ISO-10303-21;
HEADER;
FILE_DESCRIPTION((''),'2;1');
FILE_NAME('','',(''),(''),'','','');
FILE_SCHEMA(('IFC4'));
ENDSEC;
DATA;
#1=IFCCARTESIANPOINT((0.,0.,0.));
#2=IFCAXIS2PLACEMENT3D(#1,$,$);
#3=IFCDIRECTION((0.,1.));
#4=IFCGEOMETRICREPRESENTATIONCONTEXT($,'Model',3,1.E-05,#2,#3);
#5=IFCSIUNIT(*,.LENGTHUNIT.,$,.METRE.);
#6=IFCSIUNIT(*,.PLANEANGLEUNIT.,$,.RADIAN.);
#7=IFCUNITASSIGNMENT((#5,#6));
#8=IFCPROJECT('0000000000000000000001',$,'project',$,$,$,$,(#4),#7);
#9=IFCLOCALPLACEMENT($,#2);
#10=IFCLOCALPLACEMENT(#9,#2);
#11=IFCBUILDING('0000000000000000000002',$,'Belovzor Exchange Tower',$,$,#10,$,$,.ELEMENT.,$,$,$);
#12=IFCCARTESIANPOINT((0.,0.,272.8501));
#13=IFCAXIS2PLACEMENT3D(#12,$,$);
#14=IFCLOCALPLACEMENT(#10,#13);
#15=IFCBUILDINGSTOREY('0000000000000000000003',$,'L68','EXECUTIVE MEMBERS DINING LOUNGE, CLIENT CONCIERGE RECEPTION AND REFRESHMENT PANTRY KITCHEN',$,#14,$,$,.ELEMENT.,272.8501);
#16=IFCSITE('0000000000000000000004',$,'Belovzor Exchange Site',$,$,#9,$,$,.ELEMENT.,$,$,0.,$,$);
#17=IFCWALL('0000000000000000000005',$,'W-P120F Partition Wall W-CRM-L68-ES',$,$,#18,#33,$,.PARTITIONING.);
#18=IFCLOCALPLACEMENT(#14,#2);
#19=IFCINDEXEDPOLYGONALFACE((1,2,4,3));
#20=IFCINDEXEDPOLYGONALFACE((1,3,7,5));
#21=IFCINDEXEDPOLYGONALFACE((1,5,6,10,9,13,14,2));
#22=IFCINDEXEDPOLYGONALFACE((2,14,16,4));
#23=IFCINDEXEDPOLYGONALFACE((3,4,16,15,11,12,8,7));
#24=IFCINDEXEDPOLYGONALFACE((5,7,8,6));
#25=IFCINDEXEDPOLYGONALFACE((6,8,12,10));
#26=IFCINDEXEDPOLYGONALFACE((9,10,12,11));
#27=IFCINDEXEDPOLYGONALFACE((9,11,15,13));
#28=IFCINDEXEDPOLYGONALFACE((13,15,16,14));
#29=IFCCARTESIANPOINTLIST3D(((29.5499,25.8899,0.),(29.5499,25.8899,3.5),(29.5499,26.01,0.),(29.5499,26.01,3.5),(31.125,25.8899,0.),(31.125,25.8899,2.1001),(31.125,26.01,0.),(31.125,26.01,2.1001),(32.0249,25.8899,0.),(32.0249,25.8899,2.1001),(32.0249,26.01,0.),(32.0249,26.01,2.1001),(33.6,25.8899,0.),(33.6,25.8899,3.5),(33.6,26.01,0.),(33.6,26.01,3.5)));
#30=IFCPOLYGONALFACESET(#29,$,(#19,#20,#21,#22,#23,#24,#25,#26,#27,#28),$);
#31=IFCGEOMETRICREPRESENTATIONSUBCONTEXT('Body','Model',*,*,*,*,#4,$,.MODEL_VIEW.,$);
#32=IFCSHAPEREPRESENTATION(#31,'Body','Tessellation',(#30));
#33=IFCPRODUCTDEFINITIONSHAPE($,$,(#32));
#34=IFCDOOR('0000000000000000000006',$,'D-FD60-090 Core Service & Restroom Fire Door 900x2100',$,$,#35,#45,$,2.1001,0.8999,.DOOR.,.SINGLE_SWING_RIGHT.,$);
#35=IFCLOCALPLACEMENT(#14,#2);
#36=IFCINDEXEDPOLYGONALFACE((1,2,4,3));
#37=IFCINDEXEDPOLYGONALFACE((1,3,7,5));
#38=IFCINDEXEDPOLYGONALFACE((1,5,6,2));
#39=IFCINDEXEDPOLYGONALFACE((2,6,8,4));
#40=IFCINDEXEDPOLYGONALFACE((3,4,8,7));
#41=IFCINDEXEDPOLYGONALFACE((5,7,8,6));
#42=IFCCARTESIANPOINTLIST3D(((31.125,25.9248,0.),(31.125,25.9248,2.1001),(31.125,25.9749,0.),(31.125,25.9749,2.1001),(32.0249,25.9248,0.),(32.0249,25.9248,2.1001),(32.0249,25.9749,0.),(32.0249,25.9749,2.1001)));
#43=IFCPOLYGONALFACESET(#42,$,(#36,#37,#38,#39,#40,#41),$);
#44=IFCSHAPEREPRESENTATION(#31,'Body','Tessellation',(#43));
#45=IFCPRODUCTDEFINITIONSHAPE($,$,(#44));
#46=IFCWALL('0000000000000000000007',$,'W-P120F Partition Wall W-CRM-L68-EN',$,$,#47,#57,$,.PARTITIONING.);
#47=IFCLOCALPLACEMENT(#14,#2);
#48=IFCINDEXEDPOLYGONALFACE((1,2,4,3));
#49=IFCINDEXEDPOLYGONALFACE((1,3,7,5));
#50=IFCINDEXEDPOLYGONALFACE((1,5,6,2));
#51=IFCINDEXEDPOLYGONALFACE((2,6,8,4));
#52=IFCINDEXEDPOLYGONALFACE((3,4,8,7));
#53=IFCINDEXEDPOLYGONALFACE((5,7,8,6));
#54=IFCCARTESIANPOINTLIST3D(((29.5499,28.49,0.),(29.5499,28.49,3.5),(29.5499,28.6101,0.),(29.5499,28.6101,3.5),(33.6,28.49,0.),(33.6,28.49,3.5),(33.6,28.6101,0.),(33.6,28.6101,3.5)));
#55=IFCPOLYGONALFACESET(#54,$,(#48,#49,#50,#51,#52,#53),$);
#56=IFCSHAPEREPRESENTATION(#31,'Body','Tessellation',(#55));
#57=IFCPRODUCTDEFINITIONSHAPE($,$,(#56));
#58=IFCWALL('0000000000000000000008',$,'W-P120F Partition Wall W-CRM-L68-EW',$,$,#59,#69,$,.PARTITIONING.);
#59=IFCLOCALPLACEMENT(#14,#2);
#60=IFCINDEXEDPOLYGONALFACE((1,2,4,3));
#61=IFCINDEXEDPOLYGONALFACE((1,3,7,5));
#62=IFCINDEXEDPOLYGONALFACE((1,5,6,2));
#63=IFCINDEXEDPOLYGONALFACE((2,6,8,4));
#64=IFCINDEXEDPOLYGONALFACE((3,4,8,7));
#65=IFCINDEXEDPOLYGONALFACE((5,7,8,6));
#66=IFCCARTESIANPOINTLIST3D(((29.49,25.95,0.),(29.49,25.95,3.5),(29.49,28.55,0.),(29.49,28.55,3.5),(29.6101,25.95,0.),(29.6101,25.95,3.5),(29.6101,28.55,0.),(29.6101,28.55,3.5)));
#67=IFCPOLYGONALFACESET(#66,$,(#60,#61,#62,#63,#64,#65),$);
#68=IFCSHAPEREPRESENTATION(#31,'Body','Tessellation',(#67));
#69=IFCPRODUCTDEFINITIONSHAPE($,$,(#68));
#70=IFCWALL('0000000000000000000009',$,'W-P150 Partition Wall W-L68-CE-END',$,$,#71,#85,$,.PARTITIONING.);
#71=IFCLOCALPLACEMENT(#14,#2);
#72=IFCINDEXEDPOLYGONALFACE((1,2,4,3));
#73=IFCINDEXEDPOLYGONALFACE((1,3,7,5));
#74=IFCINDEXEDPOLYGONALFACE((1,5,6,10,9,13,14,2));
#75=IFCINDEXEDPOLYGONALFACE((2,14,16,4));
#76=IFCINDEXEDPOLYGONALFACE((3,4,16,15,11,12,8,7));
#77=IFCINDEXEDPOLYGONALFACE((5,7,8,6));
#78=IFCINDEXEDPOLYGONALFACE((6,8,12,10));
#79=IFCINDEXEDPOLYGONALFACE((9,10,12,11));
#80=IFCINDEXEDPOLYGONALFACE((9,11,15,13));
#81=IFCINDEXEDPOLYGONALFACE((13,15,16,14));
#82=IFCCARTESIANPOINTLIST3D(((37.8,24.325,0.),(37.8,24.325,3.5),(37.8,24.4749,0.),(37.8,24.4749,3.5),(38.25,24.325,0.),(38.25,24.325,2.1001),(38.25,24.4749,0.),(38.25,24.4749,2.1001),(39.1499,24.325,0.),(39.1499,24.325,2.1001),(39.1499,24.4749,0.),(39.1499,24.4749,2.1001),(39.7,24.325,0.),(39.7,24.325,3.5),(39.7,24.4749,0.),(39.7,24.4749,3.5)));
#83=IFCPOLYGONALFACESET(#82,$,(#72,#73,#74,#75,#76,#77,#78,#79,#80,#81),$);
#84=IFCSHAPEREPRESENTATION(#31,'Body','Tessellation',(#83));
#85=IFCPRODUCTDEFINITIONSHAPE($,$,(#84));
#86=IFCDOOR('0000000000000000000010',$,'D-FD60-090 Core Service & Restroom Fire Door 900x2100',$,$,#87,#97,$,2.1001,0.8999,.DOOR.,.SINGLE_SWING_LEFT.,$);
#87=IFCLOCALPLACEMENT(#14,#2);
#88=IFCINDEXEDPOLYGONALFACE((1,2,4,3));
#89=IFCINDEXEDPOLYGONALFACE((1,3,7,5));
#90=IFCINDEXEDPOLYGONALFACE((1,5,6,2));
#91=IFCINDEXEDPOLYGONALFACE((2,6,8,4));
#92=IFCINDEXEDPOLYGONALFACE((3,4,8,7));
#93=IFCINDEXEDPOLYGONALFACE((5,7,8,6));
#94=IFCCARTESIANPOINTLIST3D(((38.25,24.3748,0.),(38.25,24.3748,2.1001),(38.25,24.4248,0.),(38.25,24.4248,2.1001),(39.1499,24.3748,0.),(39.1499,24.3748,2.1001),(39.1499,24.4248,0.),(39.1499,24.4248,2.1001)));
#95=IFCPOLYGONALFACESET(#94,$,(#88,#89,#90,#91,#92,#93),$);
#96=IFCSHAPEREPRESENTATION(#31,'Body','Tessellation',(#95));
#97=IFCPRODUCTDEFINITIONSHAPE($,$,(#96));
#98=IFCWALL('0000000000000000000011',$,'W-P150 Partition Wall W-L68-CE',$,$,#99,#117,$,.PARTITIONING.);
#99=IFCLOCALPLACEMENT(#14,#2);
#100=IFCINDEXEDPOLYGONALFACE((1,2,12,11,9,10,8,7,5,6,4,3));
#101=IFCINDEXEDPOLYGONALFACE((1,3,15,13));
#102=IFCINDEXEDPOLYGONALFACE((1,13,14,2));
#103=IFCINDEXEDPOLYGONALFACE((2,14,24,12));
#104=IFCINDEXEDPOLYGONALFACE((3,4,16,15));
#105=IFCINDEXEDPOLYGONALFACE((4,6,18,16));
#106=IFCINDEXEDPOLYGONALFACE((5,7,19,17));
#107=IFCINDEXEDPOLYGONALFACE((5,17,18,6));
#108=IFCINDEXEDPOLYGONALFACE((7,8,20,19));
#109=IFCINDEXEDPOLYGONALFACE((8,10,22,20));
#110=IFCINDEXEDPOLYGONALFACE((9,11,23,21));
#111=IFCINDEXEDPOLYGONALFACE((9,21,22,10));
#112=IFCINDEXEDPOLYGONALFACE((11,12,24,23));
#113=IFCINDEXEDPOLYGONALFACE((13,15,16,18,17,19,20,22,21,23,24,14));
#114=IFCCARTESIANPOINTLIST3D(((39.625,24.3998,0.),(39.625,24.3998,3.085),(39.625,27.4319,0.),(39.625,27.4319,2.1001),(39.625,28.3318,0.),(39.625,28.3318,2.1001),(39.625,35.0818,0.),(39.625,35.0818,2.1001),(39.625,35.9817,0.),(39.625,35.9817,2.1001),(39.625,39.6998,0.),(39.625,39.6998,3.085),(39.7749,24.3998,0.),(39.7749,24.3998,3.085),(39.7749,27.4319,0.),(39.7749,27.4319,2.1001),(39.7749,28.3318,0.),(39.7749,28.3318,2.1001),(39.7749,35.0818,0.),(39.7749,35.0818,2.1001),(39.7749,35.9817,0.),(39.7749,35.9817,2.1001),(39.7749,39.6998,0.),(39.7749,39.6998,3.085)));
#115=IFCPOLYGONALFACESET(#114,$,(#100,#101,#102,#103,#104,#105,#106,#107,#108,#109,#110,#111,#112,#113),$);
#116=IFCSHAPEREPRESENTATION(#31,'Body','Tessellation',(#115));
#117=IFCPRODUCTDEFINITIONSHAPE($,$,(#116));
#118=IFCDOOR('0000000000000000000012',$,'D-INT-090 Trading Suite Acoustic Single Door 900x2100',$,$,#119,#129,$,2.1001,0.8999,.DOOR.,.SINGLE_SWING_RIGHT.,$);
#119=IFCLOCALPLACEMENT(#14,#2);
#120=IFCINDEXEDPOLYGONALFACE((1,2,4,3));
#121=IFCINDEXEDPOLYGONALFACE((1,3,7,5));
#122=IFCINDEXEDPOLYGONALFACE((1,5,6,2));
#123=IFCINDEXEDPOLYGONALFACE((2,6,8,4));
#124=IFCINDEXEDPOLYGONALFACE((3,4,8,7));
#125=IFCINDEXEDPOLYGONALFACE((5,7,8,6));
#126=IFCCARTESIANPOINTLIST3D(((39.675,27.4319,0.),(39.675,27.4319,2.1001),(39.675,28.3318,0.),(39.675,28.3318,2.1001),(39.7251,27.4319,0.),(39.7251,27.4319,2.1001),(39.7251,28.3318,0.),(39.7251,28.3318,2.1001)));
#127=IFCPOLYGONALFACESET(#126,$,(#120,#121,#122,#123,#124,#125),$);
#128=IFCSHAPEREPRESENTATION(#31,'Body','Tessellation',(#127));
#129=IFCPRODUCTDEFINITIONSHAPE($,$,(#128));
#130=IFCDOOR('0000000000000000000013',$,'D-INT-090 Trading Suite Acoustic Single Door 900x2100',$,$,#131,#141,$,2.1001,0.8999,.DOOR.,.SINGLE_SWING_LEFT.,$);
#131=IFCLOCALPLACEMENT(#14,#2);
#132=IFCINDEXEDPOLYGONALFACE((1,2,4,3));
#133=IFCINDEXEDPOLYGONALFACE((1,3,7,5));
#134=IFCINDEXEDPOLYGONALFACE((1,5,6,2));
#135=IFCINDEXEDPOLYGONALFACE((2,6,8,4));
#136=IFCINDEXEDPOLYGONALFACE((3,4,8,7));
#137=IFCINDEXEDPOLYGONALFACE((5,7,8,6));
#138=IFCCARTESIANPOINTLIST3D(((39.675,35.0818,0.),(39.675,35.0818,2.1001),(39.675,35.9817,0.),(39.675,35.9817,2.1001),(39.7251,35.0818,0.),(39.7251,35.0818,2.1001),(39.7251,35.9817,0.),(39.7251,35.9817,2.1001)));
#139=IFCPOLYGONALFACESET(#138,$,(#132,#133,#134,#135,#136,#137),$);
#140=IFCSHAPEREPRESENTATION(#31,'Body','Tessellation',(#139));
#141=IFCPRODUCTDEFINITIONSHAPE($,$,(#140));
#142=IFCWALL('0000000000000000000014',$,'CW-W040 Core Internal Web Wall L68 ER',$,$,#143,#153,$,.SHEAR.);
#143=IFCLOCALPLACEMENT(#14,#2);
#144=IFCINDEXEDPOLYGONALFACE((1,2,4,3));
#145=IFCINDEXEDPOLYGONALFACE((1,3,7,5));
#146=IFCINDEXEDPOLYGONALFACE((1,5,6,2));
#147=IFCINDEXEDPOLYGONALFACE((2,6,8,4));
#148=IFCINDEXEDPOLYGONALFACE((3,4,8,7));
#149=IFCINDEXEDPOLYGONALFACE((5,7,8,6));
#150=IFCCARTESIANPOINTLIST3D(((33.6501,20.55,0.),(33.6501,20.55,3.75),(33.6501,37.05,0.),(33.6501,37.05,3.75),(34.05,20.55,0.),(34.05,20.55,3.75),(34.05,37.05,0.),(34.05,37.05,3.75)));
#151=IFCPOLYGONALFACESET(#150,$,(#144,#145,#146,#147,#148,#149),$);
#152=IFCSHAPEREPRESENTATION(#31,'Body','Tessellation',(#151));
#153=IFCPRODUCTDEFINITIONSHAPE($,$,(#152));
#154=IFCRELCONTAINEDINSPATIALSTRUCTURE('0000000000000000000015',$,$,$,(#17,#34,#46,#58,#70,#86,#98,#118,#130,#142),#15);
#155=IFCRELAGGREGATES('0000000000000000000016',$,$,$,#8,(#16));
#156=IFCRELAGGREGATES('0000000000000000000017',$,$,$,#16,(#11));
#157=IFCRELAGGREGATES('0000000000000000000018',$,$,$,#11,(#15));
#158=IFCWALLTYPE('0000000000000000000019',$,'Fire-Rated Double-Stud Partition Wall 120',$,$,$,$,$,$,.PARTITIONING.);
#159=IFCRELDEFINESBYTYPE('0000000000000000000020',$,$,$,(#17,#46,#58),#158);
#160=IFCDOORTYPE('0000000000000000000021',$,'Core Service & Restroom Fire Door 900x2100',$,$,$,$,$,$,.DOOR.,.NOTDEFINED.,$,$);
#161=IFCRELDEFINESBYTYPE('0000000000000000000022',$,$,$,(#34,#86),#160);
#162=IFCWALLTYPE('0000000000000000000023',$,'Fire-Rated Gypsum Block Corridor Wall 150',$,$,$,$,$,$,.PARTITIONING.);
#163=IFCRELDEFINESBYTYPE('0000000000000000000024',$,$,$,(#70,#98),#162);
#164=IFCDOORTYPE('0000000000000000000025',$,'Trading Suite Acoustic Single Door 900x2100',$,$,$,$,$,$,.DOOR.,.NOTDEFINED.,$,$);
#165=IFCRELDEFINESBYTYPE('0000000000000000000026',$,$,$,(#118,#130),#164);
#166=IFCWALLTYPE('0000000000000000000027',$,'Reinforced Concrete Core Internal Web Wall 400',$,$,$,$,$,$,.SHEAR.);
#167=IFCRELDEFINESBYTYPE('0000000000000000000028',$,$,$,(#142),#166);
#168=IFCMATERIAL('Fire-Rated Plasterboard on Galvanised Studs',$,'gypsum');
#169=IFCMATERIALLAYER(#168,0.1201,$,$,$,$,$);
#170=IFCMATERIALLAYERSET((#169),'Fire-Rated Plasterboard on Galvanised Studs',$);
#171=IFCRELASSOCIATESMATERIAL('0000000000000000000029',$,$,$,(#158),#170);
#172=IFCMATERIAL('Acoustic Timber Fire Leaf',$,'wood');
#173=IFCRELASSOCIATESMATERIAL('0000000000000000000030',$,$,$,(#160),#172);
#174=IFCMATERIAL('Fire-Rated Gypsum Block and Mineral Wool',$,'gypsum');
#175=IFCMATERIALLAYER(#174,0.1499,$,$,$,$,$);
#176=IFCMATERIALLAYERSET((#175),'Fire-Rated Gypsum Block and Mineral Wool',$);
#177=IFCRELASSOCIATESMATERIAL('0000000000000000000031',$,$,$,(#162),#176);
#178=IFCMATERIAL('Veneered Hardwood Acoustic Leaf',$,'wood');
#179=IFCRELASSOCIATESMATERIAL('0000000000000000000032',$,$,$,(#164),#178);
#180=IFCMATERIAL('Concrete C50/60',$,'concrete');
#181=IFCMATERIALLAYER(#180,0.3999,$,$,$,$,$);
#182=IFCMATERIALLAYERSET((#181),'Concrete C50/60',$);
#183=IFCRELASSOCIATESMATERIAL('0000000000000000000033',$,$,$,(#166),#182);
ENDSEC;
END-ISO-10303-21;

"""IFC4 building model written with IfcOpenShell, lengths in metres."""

from ifc_helpers import new_model, si_unit, direction, frame, frame_2d, origin, place, context, subcontext, project, spatial, rectangle, extrude, material, layer, layer_set, type_object, element, fill, save


model = new_model("IFC4")

# Units and contexts
model_context = context("Model", 3, precision=1e-05, world=origin(), true_north=direction((0.0, 1.0)))
body_context = subcontext(model_context, "Body", "Model", "MODEL_VIEW")
ifc_project = project(units=[si_unit("LENGTHUNIT", "METRE"), si_unit("PLANEANGLEUNIT", "RADIAN")], contexts=[model_context])

# Site, building, storey
site_placement = place(None, origin())
site = spatial("IfcSite", under=ifc_project, at=site_placement, Name="Belovzor Exchange Site", CompositionType="ELEMENT", RefElevation=0.0)
building_placement = place(site_placement, origin())
building = spatial("IfcBuilding", under=site, at=building_placement, Name="Belovzor Exchange Tower", CompositionType="ELEMENT")
storey_placement = place(building_placement, frame((0.0, 0.0, 272.8501)))
storey = spatial("IfcBuildingStorey", under=building, at=storey_placement, Name="L68", Description="EXECUTIVE MEMBERS DINING LOUNGE, CLIENT CONCIERGE RECEPTION AND REFRESHMENT PANTRY KITCHEN", CompositionType="ELEMENT", Elevation=272.8501)

# Shared definitions
ifc_material_1 = material(Name="Fire-Rated Plasterboard on Galvanised Studs", Category="gypsum")
ifc_layer_1 = layer(ifc_material_1, 0.1201)
ifc_layer_set_1 = layer_set([ifc_layer_1], Name="Fire-Rated Plasterboard on Galvanised Studs")
wall_type_1 = type_object("IfcWallType", Name="Fire-Rated Double-Stud Partition Wall 120", PredefinedType="PARTITIONING", material=ifc_layer_set_1)

# Shared definitions
ifc_material_2 = material(Name="Acoustic Timber Fire Leaf", Category="wood")
door_type_1 = type_object("IfcDoorType", Name="Core Service & Restroom Fire Door 900x2100", OperationType="NOTDEFINED", PredefinedType="DOOR", material=ifc_material_2)

# Wall, opening, door
wall_1_placement = place(storey_placement, frame((29.55, 25.95, 0.0), z_axis=(0.0, 0.0, 1.0), x_axis=(1.0, 0.0, 0.0)))
wall_1 = element("IfcWall", 1, at=wall_1_placement, inside=storey, type_object=wall_type_1, Name="W-P120F Partition Wall W-CRM-L68-ES", PredefinedType="PARTITIONING", context=body_context, shape_type="SweptSolid", body=[
    extrude(rectangle(XDim=4.05, YDim=0.1201, at=frame_2d((2.0249, 0.0))), origin(), (0.0, 0.0, 1.0), 3.5),
])
opening_1_placement = place(wall_1_placement, frame((1.575, 0.0, 0.0)))
opening_1 = element("IfcOpeningElement", 2, at=opening_1_placement, cuts=wall_1, PredefinedType="OPENING", context=body_context, shape_type="SweptSolid", body=[
    extrude(rectangle(XDim=0.8999, YDim=2.1001, at=frame_2d((0.45, 1.05))), frame((0.0, 0.0701, 0.0), z_axis=(0.0, -1.0, 0.0), x_axis=(1.0, 0.0, 0.0)), (0.0, 0.0, 1.0), 0.1401),
])
door_1_placement = place(opening_1_placement, origin())
door_1 = element("IfcDoor", 3, at=door_1_placement, inside=storey, type_object=door_type_1, Name="D-FD60-090 Core Service & Restroom Fire Door 900x2100", OperationType="SINGLE_SWING_RIGHT", OverallHeight=2.1001, OverallWidth=0.8999, PredefinedType="DOOR", context=body_context, shape_type="SweptSolid", body=[
    extrude(rectangle(XDim=0.8999, YDim=2.1001, at=frame_2d((0.45, 1.05))), frame((0.0, 0.0249, 0.0), z_axis=(0.0, -1.0, 0.0), x_axis=(1.0, 0.0, 0.0)), (0.0, 0.0, 1.0), 0.05),
])
fill(opening_1, door_1)

# Walls
wall_2_placement = place(storey_placement, frame((29.55, 28.55, 0.0), z_axis=(0.0, 0.0, 1.0), x_axis=(1.0, 0.0, 0.0)))
element("IfcWall", 4, at=wall_2_placement, inside=storey, type_object=wall_type_1, Name="W-P120F Partition Wall W-CRM-L68-EN", PredefinedType="PARTITIONING", context=body_context, shape_type="SweptSolid", body=[
    extrude(rectangle(XDim=4.05, YDim=0.1201, at=frame_2d((2.0249, 0.0))), origin(), (0.0, 0.0, 1.0), 3.5),
])
wall_3_placement = place(storey_placement, frame((29.55, 25.95, 0.0), z_axis=(0.0, 0.0, 1.0), x_axis=(0.0, 1.0, 0.0)))
element("IfcWall", 5, at=wall_3_placement, inside=storey, type_object=wall_type_1, Name="W-P120F Partition Wall W-CRM-L68-EW", PredefinedType="PARTITIONING", context=body_context, shape_type="SweptSolid", body=[
    extrude(rectangle(XDim=2.6001, YDim=0.1201, at=frame_2d((1.3, 0.0))), origin(), (0.0, 0.0, 1.0), 3.5),
])

# Wall, opening, door
ifc_material_3 = material(Name="Fire-Rated Gypsum Block and Mineral Wool", Category="gypsum")
ifc_layer_2 = layer(ifc_material_3, 0.1499)
ifc_layer_set_2 = layer_set([ifc_layer_2], Name="Fire-Rated Gypsum Block and Mineral Wool")
wall_type_2 = type_object("IfcWallType", Name="Fire-Rated Gypsum Block Corridor Wall 150", PredefinedType="PARTITIONING", material=ifc_layer_set_2)
wall_4_placement = place(storey_placement, frame((37.8, 24.3999, 0.0), z_axis=(0.0, 0.0, 1.0), x_axis=(1.0, 0.0, 0.0)))
wall_4 = element("IfcWall", 6, at=wall_4_placement, inside=storey, type_object=wall_type_2, Name="W-P150 Partition Wall W-L68-CE-END", PredefinedType="PARTITIONING", context=body_context, shape_type="SweptSolid", body=[
    extrude(rectangle(XDim=1.8999, YDim=0.1499, at=frame_2d((0.95, 0.0))), origin(), (0.0, 0.0, 1.0), 3.5),
])
opening_2_placement = place(wall_4_placement, frame((0.45, 0.0, 0.0)))
opening_2 = element("IfcOpeningElement", 7, at=opening_2_placement, cuts=wall_4, PredefinedType="OPENING", context=body_context, shape_type="SweptSolid", body=[
    extrude(rectangle(XDim=0.8999, YDim=2.1001, at=frame_2d((0.45, 1.05))), frame((0.0, 0.085, 0.0), z_axis=(0.0, -1.0, 0.0), x_axis=(1.0, 0.0, 0.0)), (0.0, 0.0, 1.0), 0.1699),
])
door_2_placement = place(opening_2_placement, origin())
door_2 = element("IfcDoor", 8, at=door_2_placement, inside=storey, type_object=door_type_1, Name="D-FD60-090 Core Service & Restroom Fire Door 900x2100", OperationType="SINGLE_SWING_LEFT", OverallHeight=2.1001, OverallWidth=0.8999, PredefinedType="DOOR", context=body_context, shape_type="SweptSolid", body=[
    extrude(rectangle(XDim=0.8999, YDim=2.1001, at=frame_2d((0.45, 1.05))), frame((0.0, 0.0249, 0.0), z_axis=(0.0, -1.0, 0.0), x_axis=(1.0, 0.0, 0.0)), (0.0, 0.0, 1.0), 0.05),
])
fill(opening_2, door_2)

# Wall, openings, doors
wall_5_placement = place(storey_placement, frame((39.7, 24.3999, 0.0), z_axis=(0.0, 0.0, 1.0), x_axis=(0.0, 1.0, 0.0)))
wall_5 = element("IfcWall", 9, at=wall_5_placement, inside=storey, type_object=wall_type_2, Name="W-P150 Partition Wall W-L68-CE", PredefinedType="PARTITIONING", context=body_context, shape_type="SweptSolid", body=[
    extrude(rectangle(XDim=15.3, YDim=0.1499, at=frame_2d((7.6499, 0.0))), origin(), (0.0, 0.0, 1.0), 3.085),
])
opening_3_placement = place(wall_5_placement, frame((3.032, 0.0, 0.0)))
opening_3 = element("IfcOpeningElement", 10, at=opening_3_placement, cuts=wall_5, PredefinedType="OPENING", context=body_context, shape_type="SweptSolid", body=[
    extrude(rectangle(XDim=0.8999, YDim=2.1001, at=frame_2d((0.45, 1.05))), frame((0.0, 0.085, 0.0), z_axis=(0.0, -1.0, 0.0), x_axis=(1.0, 0.0, 0.0)), (0.0, 0.0, 1.0), 0.1699),
])
opening_4_placement = place(wall_5_placement, frame((10.6819, 0.0, 0.0)))
opening_4 = element("IfcOpeningElement", 11, at=opening_4_placement, cuts=wall_5, PredefinedType="OPENING", context=body_context, shape_type="SweptSolid", body=[
    extrude(rectangle(XDim=0.8999, YDim=2.1001, at=frame_2d((0.45, 1.05))), frame((0.0, 0.085, 0.0), z_axis=(0.0, -1.0, 0.0), x_axis=(1.0, 0.0, 0.0)), (0.0, 0.0, 1.0), 0.1699),
])
ifc_material_4 = material(Name="Veneered Hardwood Acoustic Leaf", Category="wood")
door_type_2 = type_object("IfcDoorType", Name="Trading Suite Acoustic Single Door 900x2100", OperationType="NOTDEFINED", PredefinedType="DOOR", material=ifc_material_4)
door_3_placement = place(opening_3_placement, origin())
door_3 = element("IfcDoor", 12, at=door_3_placement, inside=storey, type_object=door_type_2, Name="D-INT-090 Trading Suite Acoustic Single Door 900x2100", OperationType="SINGLE_SWING_RIGHT", OverallHeight=2.1001, OverallWidth=0.8999, PredefinedType="DOOR", context=body_context, shape_type="SweptSolid", body=[
    extrude(rectangle(XDim=0.8999, YDim=2.1001, at=frame_2d((0.45, 1.05))), frame((0.0, 0.0249, 0.0), z_axis=(0.0, -1.0, 0.0), x_axis=(1.0, 0.0, 0.0)), (0.0, 0.0, 1.0), 0.05),
])
fill(opening_3, door_3)
door_4_placement = place(opening_4_placement, origin())
door_4 = element("IfcDoor", 13, at=door_4_placement, inside=storey, type_object=door_type_2, Name="D-INT-090 Trading Suite Acoustic Single Door 900x2100", OperationType="SINGLE_SWING_LEFT", OverallHeight=2.1001, OverallWidth=0.8999, PredefinedType="DOOR", context=body_context, shape_type="SweptSolid", body=[
    extrude(rectangle(XDim=0.8999, YDim=2.1001, at=frame_2d((0.45, 1.05))), frame((0.0, 0.0249, 0.0), z_axis=(0.0, -1.0, 0.0), x_axis=(1.0, 0.0, 0.0)), (0.0, 0.0, 1.0), 0.05),
])
fill(opening_4, door_4)

# Wall
ifc_material_5 = material(Name="Concrete C50/60", Category="concrete")
ifc_layer_3 = layer(ifc_material_5, 0.3999)
ifc_layer_set_3 = layer_set([ifc_layer_3], Name="Concrete C50/60")
wall_type_3 = type_object("IfcWallType", Name="Reinforced Concrete Core Internal Web Wall 400", PredefinedType="SHEAR", material=ifc_layer_set_3)
wall_6_placement = place(storey_placement, frame((33.8501, 20.55, 0.0), z_axis=(0.0, 0.0, 1.0), x_axis=(0.0, 1.0, 0.0)))
element("IfcWall", 14, at=wall_6_placement, inside=storey, type_object=wall_type_3, Name="CW-W040 Core Internal Web Wall L68 ER", PredefinedType="SHEAR", context=body_context, shape_type="SweptSolid", body=[
    extrude(rectangle(XDim=16.5, YDim=0.3999, at=frame_2d((8.25, 0.0))), origin(), (0.0, 0.0, 1.0), 3.75),
])

save(model, "model.ifc")
